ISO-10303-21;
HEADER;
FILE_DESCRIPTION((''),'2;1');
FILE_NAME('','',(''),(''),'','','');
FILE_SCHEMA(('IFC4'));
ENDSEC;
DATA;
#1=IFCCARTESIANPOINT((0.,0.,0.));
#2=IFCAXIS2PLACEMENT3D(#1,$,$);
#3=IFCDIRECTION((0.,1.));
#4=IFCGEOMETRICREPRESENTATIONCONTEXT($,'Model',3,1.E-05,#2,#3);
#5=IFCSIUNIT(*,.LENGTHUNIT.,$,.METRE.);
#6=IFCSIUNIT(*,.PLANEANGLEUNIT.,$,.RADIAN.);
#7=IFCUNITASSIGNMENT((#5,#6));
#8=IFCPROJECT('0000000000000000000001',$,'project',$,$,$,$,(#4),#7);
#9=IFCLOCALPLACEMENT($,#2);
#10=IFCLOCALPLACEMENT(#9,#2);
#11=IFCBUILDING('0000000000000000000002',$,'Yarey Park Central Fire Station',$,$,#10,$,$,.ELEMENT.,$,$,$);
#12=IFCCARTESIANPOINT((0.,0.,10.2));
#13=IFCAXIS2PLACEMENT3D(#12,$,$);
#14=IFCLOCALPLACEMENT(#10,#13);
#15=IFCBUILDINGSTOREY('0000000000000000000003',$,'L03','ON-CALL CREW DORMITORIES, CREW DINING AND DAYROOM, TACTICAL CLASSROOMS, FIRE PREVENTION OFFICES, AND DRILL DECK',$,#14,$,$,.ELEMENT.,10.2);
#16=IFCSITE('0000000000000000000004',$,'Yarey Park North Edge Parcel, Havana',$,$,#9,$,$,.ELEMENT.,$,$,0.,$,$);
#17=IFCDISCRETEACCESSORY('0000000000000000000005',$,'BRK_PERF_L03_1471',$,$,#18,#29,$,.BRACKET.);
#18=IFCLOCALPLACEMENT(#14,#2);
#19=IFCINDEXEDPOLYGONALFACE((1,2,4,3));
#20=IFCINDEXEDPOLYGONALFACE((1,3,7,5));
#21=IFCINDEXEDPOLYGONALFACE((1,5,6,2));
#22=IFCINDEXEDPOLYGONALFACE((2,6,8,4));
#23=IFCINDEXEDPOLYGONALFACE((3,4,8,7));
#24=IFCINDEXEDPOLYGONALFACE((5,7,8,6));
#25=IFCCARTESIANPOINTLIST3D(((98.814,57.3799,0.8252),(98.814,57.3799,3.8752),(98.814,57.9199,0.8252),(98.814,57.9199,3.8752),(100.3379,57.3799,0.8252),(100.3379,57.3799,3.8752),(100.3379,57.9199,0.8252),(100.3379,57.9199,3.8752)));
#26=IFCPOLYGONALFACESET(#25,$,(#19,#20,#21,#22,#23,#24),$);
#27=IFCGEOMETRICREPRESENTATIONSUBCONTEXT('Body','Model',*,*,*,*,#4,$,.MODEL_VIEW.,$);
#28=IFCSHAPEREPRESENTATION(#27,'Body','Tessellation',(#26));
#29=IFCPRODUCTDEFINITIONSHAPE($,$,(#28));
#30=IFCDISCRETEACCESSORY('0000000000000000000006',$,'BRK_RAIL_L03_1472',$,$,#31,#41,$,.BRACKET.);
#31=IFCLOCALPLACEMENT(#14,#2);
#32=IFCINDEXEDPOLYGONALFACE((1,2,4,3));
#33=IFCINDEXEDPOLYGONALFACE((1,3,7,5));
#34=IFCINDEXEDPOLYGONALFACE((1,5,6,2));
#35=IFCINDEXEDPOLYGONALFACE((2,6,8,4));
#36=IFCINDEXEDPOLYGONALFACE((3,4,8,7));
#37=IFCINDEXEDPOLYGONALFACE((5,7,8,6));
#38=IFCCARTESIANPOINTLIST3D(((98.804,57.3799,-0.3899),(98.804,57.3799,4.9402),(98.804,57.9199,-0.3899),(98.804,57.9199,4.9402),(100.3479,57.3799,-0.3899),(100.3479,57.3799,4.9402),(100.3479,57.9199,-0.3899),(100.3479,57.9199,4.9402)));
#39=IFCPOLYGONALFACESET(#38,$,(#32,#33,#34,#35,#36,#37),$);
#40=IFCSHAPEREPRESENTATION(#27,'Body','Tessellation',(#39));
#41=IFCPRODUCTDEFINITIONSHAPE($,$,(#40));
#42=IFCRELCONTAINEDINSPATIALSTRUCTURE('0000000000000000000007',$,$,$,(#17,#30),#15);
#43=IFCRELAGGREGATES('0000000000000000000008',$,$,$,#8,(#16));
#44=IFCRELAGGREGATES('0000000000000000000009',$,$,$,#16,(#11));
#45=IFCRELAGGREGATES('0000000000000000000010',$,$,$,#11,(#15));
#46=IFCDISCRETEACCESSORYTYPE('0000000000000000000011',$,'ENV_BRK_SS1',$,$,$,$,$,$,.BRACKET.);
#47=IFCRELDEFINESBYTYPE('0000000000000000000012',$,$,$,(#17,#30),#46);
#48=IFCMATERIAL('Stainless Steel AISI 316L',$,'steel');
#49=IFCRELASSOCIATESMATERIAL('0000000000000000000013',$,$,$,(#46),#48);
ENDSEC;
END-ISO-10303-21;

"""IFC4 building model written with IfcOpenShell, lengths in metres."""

from ifc_helpers import new_model, si_unit, direction, frame, origin, origin_2d, place, context, subcontext, project, spatial, rectangle, extrude, material, type_object, element, save


model = new_model("IFC4")

# Units and contexts
model_context = context("Model", 3, precision=1e-05, world=origin(), true_north=direction((0.0, 1.0)))
body_context = subcontext(model_context, "Body", "Model", "MODEL_VIEW")
ifc_project = project(units=[si_unit("LENGTHUNIT", "METRE"), si_unit("PLANEANGLEUNIT", "RADIAN")], contexts=[model_context])

# Site, building, storey
site_placement = place(None, origin())
site = spatial("IfcSite", under=ifc_project, at=site_placement, Name="Yarey Park North Edge Parcel, Havana", CompositionType="ELEMENT", RefElevation=0.0)
building_placement = place(site_placement, origin())
building = spatial("IfcBuilding", under=site, at=building_placement, Name="Yarey Park Central Fire Station", CompositionType="ELEMENT")
storey_placement = place(building_placement, frame((0.0, 0.0, 10.2)))
storey = spatial("IfcBuildingStorey", under=building, at=storey_placement, Name="L03", Description="ON-CALL CREW DORMITORIES, CREW DINING AND DAYROOM, TACTICAL CLASSROOMS, FIRE PREVENTION OFFICES, AND DRILL DECK", CompositionType="ELEMENT", Elevation=10.2)

# Discrete accessories
ifc_material_1 = material(Name="Stainless Steel AISI 316L", Category="steel")
discrete_accessory_type = type_object("IfcDiscreteAccessoryType", Name="ENV_BRK_SS1", PredefinedType="BRACKET", material=ifc_material_1)
discrete_accessory_1_placement = place(storey_placement, frame((99.5759, 57.6499, 0.8252), z_axis=(0.0, 0.0, 1.0), x_axis=(1.0, 0.0, 0.0)))
element("IfcDiscreteAccessory", 1, at=discrete_accessory_1_placement, inside=storey, type_object=discrete_accessory_type, Name="BRK_PERF_L03_1471", PredefinedType="BRACKET", context=body_context, shape_type="SweptSolid", body=[
    extrude(rectangle(XDim=1.5239, YDim=0.54, at=origin_2d()), origin(), (0.0, 0.0, 1.0), 3.05),
])
discrete_accessory_2_placement = place(storey_placement, frame((99.5759, 57.6499, -0.3899), z_axis=(0.0, 0.0, 1.0), x_axis=(1.0, 0.0, 0.0)))
element("IfcDiscreteAccessory", 2, at=discrete_accessory_2_placement, inside=storey, type_object=discrete_accessory_type, Name="BRK_RAIL_L03_1472", PredefinedType="BRACKET", context=body_context, shape_type="SweptSolid", body=[
    extrude(rectangle(XDim=1.5439, YDim=0.54, at=origin_2d()), origin(), (0.0, 0.0, 1.0), 5.3301),
])

save(model, "model.ifc")
